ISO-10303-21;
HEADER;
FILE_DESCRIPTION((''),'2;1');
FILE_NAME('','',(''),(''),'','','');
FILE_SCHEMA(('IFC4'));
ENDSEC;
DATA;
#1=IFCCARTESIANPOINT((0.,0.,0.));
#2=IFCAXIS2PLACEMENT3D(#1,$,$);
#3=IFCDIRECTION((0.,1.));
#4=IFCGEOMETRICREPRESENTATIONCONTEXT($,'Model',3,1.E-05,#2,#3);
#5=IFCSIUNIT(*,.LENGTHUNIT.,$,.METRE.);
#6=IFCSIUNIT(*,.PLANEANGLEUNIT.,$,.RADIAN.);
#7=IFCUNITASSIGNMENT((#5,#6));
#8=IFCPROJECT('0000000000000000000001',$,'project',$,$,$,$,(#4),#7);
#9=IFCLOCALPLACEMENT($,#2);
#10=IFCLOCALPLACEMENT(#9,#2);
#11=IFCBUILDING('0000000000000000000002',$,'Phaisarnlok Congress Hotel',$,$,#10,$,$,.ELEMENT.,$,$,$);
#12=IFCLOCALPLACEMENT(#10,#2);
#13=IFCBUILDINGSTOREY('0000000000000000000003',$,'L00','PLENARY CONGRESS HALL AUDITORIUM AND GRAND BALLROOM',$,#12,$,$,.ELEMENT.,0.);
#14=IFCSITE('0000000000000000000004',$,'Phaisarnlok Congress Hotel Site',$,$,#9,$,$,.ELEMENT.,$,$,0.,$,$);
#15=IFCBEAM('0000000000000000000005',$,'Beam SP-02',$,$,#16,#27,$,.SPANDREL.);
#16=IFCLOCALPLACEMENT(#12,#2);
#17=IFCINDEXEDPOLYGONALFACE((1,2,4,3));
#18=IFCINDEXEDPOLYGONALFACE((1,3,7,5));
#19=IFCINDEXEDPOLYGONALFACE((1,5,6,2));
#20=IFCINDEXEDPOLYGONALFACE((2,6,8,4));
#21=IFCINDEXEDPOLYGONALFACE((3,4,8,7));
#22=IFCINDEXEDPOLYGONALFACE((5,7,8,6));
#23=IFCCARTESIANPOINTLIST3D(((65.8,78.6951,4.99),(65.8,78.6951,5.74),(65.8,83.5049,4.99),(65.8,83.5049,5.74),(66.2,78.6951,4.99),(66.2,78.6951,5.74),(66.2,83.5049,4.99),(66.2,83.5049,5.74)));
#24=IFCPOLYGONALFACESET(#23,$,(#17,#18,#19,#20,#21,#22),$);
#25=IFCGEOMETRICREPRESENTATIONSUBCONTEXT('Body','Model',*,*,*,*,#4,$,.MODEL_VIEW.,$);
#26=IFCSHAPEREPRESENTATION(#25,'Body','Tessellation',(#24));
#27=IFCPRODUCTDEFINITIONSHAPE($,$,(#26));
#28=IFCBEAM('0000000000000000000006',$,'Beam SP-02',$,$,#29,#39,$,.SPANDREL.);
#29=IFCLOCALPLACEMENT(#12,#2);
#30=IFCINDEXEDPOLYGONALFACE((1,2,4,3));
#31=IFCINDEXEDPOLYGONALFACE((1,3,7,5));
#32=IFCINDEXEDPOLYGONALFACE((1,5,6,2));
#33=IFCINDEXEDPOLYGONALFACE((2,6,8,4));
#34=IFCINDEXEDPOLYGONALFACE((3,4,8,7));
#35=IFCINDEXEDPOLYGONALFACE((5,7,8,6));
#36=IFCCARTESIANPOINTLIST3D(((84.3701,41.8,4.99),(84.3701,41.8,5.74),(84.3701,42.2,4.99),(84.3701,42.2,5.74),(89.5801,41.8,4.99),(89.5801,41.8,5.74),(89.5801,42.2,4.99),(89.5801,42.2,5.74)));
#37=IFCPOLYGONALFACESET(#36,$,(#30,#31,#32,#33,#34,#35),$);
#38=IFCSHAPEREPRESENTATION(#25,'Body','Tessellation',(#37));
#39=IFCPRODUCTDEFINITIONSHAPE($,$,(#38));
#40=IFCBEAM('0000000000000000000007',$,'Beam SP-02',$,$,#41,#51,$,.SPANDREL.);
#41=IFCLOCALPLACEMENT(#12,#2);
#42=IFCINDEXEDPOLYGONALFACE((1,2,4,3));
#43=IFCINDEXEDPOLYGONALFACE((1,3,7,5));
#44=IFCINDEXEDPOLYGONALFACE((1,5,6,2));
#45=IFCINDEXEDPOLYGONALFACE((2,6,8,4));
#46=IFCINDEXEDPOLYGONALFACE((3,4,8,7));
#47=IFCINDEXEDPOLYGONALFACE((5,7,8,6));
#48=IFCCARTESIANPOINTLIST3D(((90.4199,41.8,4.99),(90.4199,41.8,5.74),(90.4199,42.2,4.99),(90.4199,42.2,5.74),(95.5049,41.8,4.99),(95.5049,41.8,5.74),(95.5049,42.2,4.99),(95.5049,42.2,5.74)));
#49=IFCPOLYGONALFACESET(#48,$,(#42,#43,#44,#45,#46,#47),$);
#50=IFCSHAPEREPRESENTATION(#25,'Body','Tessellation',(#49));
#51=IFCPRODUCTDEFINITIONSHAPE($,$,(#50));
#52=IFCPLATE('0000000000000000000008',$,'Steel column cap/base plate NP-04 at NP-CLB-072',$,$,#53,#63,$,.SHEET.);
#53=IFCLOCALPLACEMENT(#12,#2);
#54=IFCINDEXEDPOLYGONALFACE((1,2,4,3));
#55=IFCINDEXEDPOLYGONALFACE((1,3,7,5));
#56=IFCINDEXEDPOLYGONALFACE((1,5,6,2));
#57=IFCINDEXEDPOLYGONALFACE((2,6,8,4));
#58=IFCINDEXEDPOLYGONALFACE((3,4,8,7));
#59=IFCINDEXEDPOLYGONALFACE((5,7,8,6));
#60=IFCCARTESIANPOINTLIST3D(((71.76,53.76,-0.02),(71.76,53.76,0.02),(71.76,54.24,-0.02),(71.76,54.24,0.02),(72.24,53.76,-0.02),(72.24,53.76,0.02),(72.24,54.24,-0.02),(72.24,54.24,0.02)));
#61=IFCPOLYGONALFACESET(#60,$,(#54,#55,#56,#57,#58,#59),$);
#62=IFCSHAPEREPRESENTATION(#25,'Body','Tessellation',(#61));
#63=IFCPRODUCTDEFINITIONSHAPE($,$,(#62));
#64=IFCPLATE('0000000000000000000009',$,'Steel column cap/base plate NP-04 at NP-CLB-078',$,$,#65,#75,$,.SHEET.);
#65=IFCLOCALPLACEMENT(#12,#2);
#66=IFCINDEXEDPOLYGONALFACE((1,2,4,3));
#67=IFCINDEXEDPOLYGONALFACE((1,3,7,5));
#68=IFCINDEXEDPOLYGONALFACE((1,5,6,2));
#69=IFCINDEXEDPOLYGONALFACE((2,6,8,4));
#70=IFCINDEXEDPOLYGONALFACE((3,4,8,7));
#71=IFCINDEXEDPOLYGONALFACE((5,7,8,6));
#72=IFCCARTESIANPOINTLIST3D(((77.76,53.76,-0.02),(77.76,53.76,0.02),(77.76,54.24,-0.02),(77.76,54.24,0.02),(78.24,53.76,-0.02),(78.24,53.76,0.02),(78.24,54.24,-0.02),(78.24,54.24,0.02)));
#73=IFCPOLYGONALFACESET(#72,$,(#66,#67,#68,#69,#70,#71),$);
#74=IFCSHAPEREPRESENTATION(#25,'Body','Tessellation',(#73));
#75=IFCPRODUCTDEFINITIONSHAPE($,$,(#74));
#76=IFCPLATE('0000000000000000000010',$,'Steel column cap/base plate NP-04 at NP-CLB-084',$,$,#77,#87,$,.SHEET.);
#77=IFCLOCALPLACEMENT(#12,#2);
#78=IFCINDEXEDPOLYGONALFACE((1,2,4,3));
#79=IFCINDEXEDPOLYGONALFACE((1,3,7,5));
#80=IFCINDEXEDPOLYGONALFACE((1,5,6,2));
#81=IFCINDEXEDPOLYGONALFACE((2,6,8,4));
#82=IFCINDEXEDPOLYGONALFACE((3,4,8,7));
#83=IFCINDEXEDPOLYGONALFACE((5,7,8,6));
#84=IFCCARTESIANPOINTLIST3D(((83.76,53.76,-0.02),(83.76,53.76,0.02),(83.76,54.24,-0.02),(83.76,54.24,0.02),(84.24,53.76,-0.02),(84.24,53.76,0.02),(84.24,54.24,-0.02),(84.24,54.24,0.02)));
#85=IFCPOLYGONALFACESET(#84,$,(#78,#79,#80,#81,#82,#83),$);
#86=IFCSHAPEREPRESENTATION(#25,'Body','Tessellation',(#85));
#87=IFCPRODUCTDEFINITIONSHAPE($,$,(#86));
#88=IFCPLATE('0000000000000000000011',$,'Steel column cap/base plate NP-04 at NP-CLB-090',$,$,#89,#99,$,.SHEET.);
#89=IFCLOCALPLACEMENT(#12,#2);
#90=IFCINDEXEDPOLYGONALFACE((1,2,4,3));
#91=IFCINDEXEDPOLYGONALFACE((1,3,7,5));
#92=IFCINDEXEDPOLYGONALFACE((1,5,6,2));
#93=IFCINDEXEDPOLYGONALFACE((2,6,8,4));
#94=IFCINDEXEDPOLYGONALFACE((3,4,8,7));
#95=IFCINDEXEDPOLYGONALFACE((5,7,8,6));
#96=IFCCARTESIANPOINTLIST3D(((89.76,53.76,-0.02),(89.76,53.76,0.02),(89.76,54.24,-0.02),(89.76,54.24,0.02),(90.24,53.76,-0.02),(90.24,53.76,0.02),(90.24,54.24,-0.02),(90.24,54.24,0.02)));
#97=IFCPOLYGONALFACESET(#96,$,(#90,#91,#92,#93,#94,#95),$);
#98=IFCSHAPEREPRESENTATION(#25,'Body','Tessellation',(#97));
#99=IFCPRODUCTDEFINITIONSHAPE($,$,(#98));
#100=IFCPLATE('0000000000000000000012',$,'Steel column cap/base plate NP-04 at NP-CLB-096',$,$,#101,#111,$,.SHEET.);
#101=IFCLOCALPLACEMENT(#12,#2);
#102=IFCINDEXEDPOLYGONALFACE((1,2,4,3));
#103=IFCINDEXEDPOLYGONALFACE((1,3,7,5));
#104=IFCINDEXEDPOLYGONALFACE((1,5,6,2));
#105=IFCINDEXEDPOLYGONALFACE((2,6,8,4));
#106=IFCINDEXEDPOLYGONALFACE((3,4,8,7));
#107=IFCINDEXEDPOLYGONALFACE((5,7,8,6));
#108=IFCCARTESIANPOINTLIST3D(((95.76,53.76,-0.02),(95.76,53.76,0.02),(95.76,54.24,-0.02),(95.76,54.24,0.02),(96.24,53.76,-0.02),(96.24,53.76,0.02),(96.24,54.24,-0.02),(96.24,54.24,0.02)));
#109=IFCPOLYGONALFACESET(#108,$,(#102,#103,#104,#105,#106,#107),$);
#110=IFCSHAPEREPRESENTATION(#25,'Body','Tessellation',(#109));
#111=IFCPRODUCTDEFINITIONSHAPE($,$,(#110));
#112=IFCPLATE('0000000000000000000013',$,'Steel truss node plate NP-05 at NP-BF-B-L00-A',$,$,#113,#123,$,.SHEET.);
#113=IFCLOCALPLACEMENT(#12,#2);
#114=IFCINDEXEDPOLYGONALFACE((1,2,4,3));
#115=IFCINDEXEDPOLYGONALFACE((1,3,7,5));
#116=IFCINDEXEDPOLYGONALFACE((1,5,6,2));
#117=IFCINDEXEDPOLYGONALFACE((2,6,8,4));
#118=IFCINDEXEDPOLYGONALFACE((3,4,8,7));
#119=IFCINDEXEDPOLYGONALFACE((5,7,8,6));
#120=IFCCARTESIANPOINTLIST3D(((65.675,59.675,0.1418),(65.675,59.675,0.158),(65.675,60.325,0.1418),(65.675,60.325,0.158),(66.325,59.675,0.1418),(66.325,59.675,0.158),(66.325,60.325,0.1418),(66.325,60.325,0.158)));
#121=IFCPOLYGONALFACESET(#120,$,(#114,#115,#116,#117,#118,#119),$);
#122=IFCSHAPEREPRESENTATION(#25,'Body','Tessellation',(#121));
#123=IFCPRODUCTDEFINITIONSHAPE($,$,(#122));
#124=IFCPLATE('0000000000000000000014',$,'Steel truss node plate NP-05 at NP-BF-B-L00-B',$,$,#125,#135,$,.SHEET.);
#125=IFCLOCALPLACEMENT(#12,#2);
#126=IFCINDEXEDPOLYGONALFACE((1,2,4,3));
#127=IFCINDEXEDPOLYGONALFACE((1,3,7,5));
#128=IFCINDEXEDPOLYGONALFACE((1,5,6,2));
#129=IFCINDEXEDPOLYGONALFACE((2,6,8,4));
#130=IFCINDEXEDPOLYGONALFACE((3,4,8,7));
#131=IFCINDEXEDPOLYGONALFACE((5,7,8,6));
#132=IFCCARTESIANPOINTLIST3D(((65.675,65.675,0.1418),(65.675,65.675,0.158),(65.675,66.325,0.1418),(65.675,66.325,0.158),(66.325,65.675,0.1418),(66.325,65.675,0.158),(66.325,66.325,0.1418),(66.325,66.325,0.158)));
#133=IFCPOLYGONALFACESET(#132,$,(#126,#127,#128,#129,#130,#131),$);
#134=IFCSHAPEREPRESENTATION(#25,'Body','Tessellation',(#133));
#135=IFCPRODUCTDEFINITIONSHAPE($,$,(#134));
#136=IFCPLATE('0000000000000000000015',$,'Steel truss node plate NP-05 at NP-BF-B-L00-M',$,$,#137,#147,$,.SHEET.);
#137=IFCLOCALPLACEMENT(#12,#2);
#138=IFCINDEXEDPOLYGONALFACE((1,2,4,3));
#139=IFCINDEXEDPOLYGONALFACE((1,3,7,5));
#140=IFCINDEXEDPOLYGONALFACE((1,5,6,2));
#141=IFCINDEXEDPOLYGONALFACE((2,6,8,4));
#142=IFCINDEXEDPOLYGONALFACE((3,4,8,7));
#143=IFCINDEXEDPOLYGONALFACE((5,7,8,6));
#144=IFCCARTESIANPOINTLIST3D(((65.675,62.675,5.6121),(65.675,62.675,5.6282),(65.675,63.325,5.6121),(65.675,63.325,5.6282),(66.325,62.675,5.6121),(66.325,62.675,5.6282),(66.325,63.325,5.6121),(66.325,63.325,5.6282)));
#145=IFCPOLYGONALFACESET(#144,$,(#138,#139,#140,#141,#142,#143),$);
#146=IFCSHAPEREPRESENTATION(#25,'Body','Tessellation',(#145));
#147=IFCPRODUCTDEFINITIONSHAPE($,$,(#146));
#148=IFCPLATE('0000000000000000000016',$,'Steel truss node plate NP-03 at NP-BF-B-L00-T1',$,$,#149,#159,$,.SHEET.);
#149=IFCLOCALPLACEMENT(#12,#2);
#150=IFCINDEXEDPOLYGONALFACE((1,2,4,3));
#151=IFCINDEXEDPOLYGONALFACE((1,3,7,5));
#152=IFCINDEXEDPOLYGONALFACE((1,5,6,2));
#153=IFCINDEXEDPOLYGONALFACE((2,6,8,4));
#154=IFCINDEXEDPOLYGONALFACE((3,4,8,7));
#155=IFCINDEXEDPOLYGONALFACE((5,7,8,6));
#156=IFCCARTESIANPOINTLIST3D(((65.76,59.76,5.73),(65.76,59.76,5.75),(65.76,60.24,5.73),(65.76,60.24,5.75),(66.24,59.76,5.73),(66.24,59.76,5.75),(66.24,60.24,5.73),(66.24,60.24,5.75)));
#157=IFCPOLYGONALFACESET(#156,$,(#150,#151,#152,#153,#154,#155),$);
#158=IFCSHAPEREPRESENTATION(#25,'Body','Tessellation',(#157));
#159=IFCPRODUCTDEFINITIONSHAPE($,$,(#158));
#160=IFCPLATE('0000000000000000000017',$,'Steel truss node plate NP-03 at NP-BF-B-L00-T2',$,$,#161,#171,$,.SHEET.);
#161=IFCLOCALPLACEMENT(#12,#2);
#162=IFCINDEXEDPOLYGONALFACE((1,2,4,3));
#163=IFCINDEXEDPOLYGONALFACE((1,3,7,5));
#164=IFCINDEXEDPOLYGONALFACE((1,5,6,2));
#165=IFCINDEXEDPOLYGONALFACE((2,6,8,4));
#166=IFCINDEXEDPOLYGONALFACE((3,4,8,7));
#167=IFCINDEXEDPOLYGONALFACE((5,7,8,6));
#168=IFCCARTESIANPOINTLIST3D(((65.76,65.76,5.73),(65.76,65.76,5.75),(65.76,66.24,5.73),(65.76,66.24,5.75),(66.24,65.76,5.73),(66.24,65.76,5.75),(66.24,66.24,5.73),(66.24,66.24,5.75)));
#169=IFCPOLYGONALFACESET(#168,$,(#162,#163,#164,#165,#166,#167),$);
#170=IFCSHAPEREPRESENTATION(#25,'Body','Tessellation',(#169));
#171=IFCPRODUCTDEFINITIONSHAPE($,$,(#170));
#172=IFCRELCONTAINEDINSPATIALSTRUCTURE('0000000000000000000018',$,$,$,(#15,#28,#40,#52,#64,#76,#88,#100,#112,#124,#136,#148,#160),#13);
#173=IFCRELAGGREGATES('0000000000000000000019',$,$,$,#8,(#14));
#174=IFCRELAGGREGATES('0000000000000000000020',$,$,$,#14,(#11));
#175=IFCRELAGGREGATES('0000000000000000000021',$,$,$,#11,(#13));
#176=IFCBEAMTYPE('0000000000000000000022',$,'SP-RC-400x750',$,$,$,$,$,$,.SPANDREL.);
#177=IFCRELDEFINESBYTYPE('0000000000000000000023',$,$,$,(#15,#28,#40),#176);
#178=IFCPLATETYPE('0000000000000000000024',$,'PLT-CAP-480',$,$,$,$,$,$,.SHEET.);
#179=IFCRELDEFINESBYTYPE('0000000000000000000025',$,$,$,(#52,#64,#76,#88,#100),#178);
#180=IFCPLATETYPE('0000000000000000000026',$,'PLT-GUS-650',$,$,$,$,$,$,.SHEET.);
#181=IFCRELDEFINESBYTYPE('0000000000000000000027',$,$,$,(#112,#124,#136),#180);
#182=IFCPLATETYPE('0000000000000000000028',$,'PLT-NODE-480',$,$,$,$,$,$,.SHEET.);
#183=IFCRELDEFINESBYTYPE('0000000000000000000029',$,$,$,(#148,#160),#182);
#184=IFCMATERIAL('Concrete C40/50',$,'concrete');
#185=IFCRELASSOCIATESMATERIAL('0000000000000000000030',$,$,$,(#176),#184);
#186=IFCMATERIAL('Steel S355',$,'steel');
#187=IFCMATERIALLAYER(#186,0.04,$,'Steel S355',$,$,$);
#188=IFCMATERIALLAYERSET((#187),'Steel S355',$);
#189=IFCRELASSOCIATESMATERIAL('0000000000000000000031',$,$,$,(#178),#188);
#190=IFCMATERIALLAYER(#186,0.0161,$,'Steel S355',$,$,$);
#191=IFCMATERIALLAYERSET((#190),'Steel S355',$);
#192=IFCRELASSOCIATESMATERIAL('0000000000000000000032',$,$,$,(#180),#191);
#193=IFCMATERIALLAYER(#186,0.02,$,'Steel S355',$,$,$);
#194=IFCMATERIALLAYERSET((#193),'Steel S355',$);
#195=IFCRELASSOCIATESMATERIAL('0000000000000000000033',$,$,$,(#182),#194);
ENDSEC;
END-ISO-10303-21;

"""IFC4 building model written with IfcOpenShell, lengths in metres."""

from ifc_helpers import new_model, si_unit, direction, frame, origin, origin_2d, place, context, subcontext, project, spatial, rectangle, extrude, material, layer, layer_set, material_profile, profile_set, type_object, element, save


model = new_model("IFC4")

# Units and contexts
model_context = context("Model", 3, precision=1e-05, world=origin(), true_north=direction((0.0, 1.0)))
body_context = subcontext(model_context, "Body", "Model", "MODEL_VIEW")
ifc_project = project(units=[si_unit("LENGTHUNIT", "METRE"), si_unit("PLANEANGLEUNIT", "RADIAN")], contexts=[model_context])

# Site, building, storey
site_placement = place(None, origin())
site = spatial("IfcSite", under=ifc_project, at=site_placement, Name="Phaisarnlok Congress Hotel Site", CompositionType="ELEMENT", RefElevation=0.0)
building_placement = place(site_placement, origin())
building = spatial("IfcBuilding", under=site, at=building_placement, Name="Phaisarnlok Congress Hotel", CompositionType="ELEMENT")
storey_placement = place(building_placement, origin())
storey = spatial("IfcBuildingStorey", under=building, at=storey_placement, Name="L00", Description="PLENARY CONGRESS HALL AUDITORIUM AND GRAND BALLROOM", CompositionType="ELEMENT", Elevation=0.0)

# Shared definitions
ifc_material_1 = material(Name="Steel S355", Category="steel")

# Beams
ifc_material_2 = material(Name="Concrete C40/50", Category="concrete")
ifc_material_profile_1 = material_profile(ifc_material_2, rectangle(XDim=0.3999, YDim=0.75, at=origin_2d()), Name="RC 400x750")
ifc_profile_set_1 = profile_set([ifc_material_profile_1], Name="Concrete C40/50")
beam_type = type_object("IfcBeamType", Name="SP-RC-400x750", PredefinedType="SPANDREL", material=ifc_profile_set_1)
for number, where, z_axis, x_axis, name in (
    (1, (66.0, 78.6951, 5.365), (0.0, 1.0, 0.0), (-1.0, 0.0, 0.0), "Beam SP-02"),
):
    element("IfcBeam", number, at=place(storey_placement, frame(where, z_axis=z_axis, x_axis=x_axis)), inside=storey, type_object=beam_type, Name=name, PredefinedType="SPANDREL", context=body_context, shape_type="SweptSolid", body=[
        extrude(rectangle(XDim=0.3999, YDim=0.75, at=origin_2d()), origin(), (0.0, 0.0, 1.0), 4.8098),
    ])
beam_1_placement = place(storey_placement, frame((84.3701, 42.0, 5.365), z_axis=(1.0, 0.0, 0.0), x_axis=(0.0, 1.0, 0.0)))
element("IfcBeam", 2, at=beam_1_placement, inside=storey, type_object=beam_type, Name="Beam SP-02", PredefinedType="SPANDREL", context=body_context, shape_type="SweptSolid", body=[
    extrude(rectangle(XDim=0.3999, YDim=0.75, at=origin_2d()), origin(), (0.0, 0.0, 1.0), 5.21),
])
beam_2_placement = place(storey_placement, frame((90.4199, 42.0, 5.365), z_axis=(1.0, 0.0, 0.0), x_axis=(0.0, 1.0, 0.0)))
element("IfcBeam", 3, at=beam_2_placement, inside=storey, type_object=beam_type, Name="Beam SP-02", PredefinedType="SPANDREL", context=body_context, shape_type="SweptSolid", body=[
    extrude(rectangle(XDim=0.3999, YDim=0.75, at=origin_2d()), origin(), (0.0, 0.0, 1.0), 5.085),
])

# Plates
ifc_layer_1 = layer(ifc_material_1, 0.04, Name="Steel S355")
ifc_layer_set_1 = layer_set([ifc_layer_1], Name="Steel S355")
plate_type_1 = type_object("IfcPlateType", Name="PLT-CAP-480", PredefinedType="SHEET", material=ifc_layer_set_1)
for number, where, z_axis, x_axis, name in (
    (4, (72.0, 54.0, -0.02), (0.0, 0.0, 1.0), (1.0, 0.0, 0.0), "Steel column cap/base plate NP-04 at NP-CLB-072"),
    (5, (78.0, 54.0, -0.02), (0.0, 0.0, 1.0), (1.0, 0.0, 0.0), "Steel column cap/base plate NP-04 at NP-CLB-078"),
    (6, (84.0, 54.0, -0.02), (0.0, 0.0, 1.0), (1.0, 0.0, 0.0), "Steel column cap/base plate NP-04 at NP-CLB-084"),
    (7, (90.0, 54.0, -0.02), (0.0, 0.0, 1.0), (1.0, 0.0, 0.0), "Steel column cap/base plate NP-04 at NP-CLB-090"),
    (8, (96.0, 54.0, -0.02), (0.0, 0.0, 1.0), (1.0, 0.0, 0.0), "Steel column cap/base plate NP-04 at NP-CLB-096"),
):
    element("IfcPlate", number, at=place(storey_placement, frame(where, z_axis=z_axis, x_axis=x_axis)), inside=storey, type_object=plate_type_1, Name=name, PredefinedType="SHEET", context=body_context, shape_type="SweptSolid", body=[
        extrude(rectangle(XDim=0.48, YDim=0.48, at=origin_2d()), origin(), (0.0, 0.0, 1.0), 0.04),
    ])
ifc_layer_2 = layer(ifc_material_1, 0.0161, Name="Steel S355")
ifc_layer_set_2 = layer_set([ifc_layer_2], Name="Steel S355")
plate_type_2 = type_object("IfcPlateType", Name="PLT-GUS-650", PredefinedType="SHEET", material=ifc_layer_set_2)
for number, where, z_axis, x_axis, name in (
    (9, (66.0, 60.0, 0.1418), (0.0, 0.0, 1.0), (1.0, 0.0, 0.0), "Steel truss node plate NP-05 at NP-BF-B-L00-A"),
    (10, (66.0, 66.0, 0.1418), (0.0, 0.0, 1.0), (1.0, 0.0, 0.0), "Steel truss node plate NP-05 at NP-BF-B-L00-B"),
    (11, (66.0, 63.0, 5.6121), (0.0, 0.0, 1.0), (1.0, 0.0, 0.0), "Steel truss node plate NP-05 at NP-BF-B-L00-M"),
):
    element("IfcPlate", number, at=place(storey_placement, frame(where, z_axis=z_axis, x_axis=x_axis)), inside=storey, type_object=plate_type_2, Name=name, PredefinedType="SHEET", context=body_context, shape_type="SweptSolid", body=[
        extrude(rectangle(XDim=0.6499, YDim=0.6499, at=origin_2d()), origin(), (0.0, 0.0, 1.0), 0.0161),
    ])
ifc_layer_3 = layer(ifc_material_1, 0.02, Name="Steel S355")
ifc_layer_set_3 = layer_set([ifc_layer_3], Name="Steel S355")
plate_type_3 = type_object("IfcPlateType", Name="PLT-NODE-480", PredefinedType="SHEET", material=ifc_layer_set_3)
for number, where, z_axis, x_axis, name in (
    (12, (66.0, 60.0, 5.73), (0.0, 0.0, 1.0), (1.0, 0.0, 0.0), "Steel truss node plate NP-03 at NP-BF-B-L00-T1"),
    (13, (66.0, 66.0, 5.73), (0.0, 0.0, 1.0), (1.0, 0.0, 0.0), "Steel truss node plate NP-03 at NP-BF-B-L00-T2"),
):
    element("IfcPlate", number, at=place(storey_placement, frame(where, z_axis=z_axis, x_axis=x_axis)), inside=storey, type_object=plate_type_3, Name=name, PredefinedType="SHEET", context=body_context, shape_type="SweptSolid", body=[
        extrude(rectangle(XDim=0.48, YDim=0.48, at=origin_2d()), origin(), (0.0, 0.0, 1.0), 0.02),
    ])

save(model, "model.ifc")
